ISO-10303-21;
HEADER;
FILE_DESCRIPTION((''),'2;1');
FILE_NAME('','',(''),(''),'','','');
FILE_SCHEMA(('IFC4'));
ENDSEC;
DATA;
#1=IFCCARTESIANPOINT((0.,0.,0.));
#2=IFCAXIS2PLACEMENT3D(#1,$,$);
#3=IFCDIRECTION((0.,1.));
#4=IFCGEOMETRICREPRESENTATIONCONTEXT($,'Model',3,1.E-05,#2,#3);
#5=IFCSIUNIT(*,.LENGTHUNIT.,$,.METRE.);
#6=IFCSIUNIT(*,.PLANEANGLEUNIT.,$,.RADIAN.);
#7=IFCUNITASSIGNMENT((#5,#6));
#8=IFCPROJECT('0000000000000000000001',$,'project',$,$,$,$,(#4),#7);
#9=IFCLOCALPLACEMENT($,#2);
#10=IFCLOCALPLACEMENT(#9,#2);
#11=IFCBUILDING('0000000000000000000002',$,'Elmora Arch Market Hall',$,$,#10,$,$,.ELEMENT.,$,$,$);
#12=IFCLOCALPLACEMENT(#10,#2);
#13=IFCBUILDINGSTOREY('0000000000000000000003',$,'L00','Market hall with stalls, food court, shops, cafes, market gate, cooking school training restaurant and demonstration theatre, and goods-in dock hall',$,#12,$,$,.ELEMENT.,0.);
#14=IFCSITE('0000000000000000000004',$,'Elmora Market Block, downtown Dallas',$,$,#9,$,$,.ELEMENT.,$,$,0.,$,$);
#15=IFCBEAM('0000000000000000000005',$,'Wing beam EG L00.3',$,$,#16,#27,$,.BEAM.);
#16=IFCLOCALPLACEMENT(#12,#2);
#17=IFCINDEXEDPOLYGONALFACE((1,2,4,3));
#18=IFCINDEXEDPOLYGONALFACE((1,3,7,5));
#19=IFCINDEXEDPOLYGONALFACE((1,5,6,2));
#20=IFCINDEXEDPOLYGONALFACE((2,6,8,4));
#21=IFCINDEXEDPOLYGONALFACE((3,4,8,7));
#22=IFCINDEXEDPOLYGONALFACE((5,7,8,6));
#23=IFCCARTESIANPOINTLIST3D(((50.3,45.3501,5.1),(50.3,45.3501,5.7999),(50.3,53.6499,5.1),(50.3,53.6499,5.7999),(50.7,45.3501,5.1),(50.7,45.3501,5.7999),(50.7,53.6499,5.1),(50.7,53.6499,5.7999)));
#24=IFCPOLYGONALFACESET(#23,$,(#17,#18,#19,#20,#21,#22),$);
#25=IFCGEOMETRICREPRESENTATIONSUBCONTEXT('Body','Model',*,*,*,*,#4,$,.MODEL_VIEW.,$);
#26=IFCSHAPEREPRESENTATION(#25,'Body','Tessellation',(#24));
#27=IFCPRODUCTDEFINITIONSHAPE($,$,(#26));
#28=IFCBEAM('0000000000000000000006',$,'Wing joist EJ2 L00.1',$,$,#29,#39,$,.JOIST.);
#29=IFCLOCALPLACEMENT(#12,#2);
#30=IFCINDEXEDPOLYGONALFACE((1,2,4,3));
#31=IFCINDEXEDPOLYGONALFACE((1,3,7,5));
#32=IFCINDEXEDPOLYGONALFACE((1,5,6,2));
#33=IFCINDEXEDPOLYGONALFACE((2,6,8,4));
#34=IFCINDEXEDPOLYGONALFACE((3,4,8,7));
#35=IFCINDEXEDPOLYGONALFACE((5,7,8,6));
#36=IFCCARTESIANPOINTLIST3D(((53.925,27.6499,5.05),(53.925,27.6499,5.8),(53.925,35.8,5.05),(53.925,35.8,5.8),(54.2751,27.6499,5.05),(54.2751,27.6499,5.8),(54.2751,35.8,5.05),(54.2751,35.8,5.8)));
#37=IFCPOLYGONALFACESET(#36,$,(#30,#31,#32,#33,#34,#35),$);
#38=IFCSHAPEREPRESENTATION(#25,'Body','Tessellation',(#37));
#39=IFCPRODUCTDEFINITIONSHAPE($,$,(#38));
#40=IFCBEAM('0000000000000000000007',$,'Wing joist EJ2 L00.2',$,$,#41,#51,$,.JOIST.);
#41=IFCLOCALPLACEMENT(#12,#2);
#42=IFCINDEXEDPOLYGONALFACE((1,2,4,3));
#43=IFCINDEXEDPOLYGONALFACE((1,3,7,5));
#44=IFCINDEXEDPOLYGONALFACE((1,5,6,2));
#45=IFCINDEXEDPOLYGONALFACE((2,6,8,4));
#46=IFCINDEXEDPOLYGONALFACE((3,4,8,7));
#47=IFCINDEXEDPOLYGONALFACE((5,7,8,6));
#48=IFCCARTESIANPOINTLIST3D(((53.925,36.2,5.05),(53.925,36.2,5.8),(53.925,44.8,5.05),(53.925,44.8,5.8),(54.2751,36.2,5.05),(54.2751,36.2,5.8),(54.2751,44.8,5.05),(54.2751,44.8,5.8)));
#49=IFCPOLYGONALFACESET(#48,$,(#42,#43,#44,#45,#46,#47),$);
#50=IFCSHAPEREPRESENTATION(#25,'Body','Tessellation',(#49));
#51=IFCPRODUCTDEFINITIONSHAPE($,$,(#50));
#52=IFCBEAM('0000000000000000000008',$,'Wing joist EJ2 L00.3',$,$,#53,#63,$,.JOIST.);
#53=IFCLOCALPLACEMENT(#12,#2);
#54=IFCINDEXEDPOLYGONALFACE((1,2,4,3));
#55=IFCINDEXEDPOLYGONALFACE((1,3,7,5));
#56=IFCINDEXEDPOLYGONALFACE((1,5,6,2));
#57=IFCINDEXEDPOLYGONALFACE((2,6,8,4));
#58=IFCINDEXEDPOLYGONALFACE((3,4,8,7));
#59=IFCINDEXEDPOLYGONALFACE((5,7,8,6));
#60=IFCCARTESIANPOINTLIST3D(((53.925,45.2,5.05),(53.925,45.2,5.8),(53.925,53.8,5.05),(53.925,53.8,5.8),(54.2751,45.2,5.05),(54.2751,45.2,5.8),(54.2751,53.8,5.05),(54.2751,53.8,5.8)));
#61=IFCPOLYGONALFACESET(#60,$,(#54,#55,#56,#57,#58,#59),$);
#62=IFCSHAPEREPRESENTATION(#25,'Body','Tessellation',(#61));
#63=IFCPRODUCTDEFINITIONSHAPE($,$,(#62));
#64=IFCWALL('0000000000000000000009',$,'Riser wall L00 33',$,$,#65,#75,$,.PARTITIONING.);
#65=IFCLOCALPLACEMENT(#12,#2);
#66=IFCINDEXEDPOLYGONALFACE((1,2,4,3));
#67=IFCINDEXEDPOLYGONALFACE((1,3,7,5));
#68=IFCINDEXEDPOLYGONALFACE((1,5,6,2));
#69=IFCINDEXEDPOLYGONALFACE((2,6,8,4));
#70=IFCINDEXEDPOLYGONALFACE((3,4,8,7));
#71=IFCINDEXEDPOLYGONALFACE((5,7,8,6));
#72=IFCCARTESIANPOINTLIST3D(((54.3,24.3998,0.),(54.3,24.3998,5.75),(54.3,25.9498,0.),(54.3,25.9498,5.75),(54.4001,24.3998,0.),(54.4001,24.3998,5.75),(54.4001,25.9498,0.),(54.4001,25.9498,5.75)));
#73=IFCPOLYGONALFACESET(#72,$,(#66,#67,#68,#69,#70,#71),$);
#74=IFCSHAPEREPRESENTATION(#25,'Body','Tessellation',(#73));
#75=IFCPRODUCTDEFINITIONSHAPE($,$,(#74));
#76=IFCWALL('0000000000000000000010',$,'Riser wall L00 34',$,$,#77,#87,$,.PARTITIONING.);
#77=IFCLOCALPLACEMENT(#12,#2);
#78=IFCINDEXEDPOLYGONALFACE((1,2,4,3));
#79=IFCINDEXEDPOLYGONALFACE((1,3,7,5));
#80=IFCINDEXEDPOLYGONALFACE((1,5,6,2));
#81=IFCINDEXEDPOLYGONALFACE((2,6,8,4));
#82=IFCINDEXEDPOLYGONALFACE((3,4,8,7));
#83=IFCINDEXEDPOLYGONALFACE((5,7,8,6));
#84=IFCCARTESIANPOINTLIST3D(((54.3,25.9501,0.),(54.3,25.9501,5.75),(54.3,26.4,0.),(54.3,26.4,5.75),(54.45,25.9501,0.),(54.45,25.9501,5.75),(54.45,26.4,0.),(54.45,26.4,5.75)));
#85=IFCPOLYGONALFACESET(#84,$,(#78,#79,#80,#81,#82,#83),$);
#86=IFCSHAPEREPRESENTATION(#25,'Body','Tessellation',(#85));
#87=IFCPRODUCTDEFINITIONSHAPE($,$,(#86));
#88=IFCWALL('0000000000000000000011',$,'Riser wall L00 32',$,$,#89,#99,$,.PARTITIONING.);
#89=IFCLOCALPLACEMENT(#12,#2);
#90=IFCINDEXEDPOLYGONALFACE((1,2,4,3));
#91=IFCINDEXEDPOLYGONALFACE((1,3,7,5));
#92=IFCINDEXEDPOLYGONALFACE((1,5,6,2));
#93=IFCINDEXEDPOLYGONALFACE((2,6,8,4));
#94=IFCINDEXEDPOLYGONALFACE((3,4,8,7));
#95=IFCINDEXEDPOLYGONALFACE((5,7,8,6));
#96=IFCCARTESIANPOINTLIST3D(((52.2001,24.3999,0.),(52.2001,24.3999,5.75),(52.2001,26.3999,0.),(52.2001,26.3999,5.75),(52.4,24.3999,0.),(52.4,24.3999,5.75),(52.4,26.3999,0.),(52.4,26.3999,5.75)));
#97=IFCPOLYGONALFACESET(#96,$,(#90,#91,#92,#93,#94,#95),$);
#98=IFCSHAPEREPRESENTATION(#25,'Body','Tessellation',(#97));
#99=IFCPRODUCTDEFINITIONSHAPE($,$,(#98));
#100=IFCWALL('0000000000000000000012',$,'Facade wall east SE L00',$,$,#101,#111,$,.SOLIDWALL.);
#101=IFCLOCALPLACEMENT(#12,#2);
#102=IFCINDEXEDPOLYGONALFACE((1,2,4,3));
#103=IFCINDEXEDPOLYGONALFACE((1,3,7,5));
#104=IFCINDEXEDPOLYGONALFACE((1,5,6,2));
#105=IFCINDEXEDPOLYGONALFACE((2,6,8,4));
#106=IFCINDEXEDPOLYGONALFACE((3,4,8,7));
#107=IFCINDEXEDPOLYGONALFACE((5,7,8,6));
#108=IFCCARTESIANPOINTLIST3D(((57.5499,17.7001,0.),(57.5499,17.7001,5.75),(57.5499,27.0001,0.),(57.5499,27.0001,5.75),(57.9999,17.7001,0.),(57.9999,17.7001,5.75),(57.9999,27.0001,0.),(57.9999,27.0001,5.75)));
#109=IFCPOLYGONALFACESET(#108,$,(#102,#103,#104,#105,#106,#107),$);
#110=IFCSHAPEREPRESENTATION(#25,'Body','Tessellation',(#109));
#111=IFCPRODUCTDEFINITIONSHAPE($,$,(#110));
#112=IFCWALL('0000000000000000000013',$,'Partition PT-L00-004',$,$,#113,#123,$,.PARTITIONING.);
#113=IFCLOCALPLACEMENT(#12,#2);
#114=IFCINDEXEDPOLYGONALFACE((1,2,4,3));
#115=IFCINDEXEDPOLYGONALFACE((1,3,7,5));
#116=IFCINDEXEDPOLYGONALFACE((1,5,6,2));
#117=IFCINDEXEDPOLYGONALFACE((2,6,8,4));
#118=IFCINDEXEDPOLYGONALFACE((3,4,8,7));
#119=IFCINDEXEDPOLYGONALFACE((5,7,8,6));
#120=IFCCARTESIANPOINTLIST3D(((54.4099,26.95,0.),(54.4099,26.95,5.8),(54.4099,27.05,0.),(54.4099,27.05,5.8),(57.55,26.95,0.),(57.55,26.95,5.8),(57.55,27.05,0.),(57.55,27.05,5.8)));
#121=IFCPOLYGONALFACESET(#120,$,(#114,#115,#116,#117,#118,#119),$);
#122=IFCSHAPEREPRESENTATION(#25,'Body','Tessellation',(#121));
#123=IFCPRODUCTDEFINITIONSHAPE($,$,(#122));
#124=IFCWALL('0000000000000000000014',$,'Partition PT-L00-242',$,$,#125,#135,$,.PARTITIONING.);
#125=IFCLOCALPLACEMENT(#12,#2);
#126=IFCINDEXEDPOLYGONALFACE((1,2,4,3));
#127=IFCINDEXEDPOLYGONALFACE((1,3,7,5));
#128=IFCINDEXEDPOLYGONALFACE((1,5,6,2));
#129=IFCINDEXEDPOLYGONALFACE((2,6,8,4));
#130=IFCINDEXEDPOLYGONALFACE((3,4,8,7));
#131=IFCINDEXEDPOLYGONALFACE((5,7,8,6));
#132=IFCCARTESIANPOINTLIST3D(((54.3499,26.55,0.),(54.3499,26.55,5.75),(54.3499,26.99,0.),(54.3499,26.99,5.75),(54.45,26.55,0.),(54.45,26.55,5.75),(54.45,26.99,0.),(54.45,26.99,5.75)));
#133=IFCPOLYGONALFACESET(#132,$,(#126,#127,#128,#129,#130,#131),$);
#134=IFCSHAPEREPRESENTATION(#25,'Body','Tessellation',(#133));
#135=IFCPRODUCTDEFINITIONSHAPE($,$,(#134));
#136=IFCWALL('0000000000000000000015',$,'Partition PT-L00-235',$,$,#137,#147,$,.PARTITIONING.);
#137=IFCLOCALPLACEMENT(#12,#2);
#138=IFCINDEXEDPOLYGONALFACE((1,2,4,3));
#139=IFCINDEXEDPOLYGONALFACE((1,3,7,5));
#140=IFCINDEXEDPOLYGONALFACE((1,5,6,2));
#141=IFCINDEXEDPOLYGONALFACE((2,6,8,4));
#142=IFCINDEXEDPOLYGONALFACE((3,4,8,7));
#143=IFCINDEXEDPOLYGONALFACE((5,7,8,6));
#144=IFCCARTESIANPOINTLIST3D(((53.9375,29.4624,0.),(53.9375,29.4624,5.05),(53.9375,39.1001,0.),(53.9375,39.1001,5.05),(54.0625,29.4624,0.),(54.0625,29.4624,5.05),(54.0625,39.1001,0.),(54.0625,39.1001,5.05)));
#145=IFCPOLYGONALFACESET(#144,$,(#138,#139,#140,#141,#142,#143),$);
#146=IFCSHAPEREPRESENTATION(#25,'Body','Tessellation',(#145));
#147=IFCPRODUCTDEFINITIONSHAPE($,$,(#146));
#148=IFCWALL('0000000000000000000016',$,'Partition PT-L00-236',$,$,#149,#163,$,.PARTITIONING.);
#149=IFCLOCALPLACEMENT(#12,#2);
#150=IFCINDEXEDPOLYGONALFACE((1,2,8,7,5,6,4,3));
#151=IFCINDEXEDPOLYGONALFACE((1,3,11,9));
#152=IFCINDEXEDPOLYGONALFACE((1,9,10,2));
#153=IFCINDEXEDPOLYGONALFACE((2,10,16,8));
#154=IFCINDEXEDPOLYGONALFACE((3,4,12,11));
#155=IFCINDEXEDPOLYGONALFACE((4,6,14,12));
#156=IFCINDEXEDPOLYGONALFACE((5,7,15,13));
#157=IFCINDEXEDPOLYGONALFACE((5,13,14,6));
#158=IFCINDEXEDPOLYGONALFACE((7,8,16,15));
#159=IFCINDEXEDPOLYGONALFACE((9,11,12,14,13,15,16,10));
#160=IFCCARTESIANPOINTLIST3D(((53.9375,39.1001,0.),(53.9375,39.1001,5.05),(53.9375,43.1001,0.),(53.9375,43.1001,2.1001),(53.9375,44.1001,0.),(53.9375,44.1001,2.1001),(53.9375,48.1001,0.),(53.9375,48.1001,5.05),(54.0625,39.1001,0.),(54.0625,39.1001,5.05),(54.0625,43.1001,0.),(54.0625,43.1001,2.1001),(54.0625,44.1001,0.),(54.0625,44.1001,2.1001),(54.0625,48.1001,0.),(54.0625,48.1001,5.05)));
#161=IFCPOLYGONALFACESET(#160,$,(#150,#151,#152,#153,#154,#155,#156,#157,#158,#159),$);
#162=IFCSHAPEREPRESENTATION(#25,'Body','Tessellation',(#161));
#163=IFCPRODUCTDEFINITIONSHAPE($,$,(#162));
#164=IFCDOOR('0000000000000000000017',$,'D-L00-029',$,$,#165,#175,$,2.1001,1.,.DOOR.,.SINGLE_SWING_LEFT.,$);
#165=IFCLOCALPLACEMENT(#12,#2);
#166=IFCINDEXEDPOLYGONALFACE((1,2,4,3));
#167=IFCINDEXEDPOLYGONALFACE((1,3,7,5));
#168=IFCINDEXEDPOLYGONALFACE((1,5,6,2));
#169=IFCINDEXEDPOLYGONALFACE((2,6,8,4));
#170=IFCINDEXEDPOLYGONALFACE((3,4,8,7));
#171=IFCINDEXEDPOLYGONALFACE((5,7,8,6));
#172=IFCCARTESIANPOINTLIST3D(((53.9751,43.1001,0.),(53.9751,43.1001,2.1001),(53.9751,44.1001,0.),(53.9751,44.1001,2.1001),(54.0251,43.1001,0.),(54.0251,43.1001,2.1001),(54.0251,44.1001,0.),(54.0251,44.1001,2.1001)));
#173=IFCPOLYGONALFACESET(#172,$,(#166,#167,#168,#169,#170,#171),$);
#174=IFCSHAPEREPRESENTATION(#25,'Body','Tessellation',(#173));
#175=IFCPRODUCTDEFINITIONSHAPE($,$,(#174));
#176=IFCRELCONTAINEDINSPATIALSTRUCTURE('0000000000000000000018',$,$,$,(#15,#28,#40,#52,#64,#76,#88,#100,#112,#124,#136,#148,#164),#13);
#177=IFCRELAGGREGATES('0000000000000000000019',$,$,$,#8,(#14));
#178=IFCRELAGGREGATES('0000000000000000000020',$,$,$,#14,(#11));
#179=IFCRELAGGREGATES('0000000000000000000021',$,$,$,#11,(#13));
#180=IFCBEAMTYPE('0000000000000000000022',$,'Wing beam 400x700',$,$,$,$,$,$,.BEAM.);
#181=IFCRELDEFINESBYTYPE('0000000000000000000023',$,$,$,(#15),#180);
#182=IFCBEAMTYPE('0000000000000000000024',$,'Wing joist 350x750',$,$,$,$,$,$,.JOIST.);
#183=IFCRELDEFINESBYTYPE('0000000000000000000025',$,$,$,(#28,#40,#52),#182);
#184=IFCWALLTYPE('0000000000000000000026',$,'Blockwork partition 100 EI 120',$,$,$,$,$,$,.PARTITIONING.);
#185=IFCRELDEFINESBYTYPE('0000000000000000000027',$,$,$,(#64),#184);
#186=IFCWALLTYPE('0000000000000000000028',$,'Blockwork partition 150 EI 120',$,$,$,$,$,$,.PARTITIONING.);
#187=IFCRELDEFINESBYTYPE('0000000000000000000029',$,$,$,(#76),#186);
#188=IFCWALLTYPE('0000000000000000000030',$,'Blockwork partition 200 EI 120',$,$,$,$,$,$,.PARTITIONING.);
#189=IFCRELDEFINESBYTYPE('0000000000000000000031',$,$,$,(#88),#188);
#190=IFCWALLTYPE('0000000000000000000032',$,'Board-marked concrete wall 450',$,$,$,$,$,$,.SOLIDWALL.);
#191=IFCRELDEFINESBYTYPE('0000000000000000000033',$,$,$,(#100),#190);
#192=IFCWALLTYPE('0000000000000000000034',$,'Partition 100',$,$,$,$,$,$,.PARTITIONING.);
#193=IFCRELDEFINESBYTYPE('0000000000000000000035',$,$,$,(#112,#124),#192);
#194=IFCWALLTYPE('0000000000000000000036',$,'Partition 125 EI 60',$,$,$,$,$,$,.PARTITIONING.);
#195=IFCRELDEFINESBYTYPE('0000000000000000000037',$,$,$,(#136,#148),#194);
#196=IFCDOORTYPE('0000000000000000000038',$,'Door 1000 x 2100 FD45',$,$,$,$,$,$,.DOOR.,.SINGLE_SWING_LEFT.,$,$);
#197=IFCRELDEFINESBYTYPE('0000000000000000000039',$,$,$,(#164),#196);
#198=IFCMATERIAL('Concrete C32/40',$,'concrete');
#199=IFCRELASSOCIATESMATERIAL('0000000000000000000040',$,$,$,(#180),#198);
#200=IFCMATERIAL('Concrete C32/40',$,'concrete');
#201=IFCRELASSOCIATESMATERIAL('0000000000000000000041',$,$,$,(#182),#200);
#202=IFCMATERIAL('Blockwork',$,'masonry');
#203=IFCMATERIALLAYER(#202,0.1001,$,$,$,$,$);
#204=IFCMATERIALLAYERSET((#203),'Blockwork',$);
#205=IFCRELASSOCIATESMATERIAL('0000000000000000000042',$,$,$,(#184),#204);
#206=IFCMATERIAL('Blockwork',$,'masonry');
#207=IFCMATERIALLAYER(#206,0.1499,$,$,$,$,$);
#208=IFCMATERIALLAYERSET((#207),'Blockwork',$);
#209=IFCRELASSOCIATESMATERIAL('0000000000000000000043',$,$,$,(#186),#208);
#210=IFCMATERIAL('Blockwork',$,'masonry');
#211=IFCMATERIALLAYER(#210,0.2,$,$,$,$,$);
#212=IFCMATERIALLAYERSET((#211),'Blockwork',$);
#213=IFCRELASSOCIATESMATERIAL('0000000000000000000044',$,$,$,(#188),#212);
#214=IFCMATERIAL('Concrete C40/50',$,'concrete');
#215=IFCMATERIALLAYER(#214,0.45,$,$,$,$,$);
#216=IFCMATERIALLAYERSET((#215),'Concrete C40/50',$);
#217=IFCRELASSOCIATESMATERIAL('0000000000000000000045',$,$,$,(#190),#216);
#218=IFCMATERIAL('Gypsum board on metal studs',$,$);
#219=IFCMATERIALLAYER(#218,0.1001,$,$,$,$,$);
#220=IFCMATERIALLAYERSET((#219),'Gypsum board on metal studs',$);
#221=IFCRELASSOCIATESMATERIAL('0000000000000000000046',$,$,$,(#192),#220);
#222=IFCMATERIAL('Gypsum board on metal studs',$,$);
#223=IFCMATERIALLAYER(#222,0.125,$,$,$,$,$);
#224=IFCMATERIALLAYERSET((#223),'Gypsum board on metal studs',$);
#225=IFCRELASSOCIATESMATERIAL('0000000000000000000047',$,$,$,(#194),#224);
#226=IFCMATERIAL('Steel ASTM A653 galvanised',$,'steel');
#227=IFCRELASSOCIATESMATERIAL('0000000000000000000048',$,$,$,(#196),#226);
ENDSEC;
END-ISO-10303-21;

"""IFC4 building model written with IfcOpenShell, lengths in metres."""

from ifc_helpers import new_model, si_unit, direction, frame, frame_2d, origin, origin_2d, place, context, subcontext, project, spatial, rectangle, extrude, material, layer, layer_set, material_profile, profile_set, type_object, element, fill, save


model = new_model("IFC4")

# Units and contexts
model_context = context("Model", 3, precision=1e-05, world=origin(), true_north=direction((0.0, 1.0)))
body_context = subcontext(model_context, "Body", "Model", "MODEL_VIEW")
ifc_project = project(units=[si_unit("LENGTHUNIT", "METRE"), si_unit("PLANEANGLEUNIT", "RADIAN")], contexts=[model_context])

# Site, building, storey
site_placement = place(None, origin())
site = spatial("IfcSite", under=ifc_project, at=site_placement, Name="Elmora Market Block, downtown Dallas", CompositionType="ELEMENT", RefElevation=0.0)
building_placement = place(site_placement, origin())
building = spatial("IfcBuilding", under=site, at=building_placement, Name="Elmora Arch Market Hall", CompositionType="ELEMENT")
storey_placement = place(building_placement, origin())
storey = spatial("IfcBuildingStorey", under=building, at=storey_placement, Name="L00", Description="Market hall with stalls, food court, shops, cafes, market gate, cooking school training restaurant and demonstration theatre, and goods-in dock hall", CompositionType="ELEMENT", Elevation=0.0)

# Beams
ifc_material_1 = material(Name="Concrete C32/40", Category="concrete")
ifc_material_profile_1 = material_profile(ifc_material_1, rectangle(XDim=0.3999, YDim=0.7, at=origin_2d()), Name="Wing beam 400x700")
ifc_profile_set_1 = profile_set([ifc_material_profile_1], Name="Concrete C32/40")
beam_type_1 = type_object("IfcBeamType", Name="Wing beam 400x700", PredefinedType="BEAM", material=ifc_profile_set_1)
beam_1_placement = place(storey_placement, frame((50.5, 45.3501, 5.45), z_axis=(0.0, 1.0, 0.0), x_axis=(-1.0, 0.0, 0.0)))
element("IfcBeam", 1, at=beam_1_placement, inside=storey, type_object=beam_type_1, Name="Wing beam EG L00.3", PredefinedType="BEAM", context=body_context, shape_type="SweptSolid", body=[
    extrude(rectangle(XDim=0.3999, YDim=0.7, at=origin_2d()), origin(), (0.0, 0.0, 1.0), 8.2998),
])
ifc_material_2 = material(Name="Concrete C32/40", Category="concrete")
ifc_material_profile_2 = material_profile(ifc_material_2, rectangle(XDim=0.3501, YDim=0.75, at=origin_2d()), Name="Wing joist 350x750")
ifc_profile_set_2 = profile_set([ifc_material_profile_2], Name="Concrete C32/40")
beam_type_2 = type_object("IfcBeamType", Name="Wing joist 350x750", PredefinedType="JOIST", material=ifc_profile_set_2)
beam_2_placement = place(storey_placement, frame((54.1001, 27.6499, 5.425), z_axis=(0.0, 1.0, 0.0), x_axis=(-1.0, 0.0, 0.0)))
element("IfcBeam", 2, at=beam_2_placement, inside=storey, type_object=beam_type_2, Name="Wing joist EJ2 L00.1", PredefinedType="JOIST", context=body_context, shape_type="SweptSolid", body=[
    extrude(rectangle(XDim=0.3501, YDim=0.75, at=origin_2d()), origin(), (0.0, 0.0, 1.0), 8.1501),
])
for number, where, z_axis, x_axis, name in (
    (3, (54.1001, 36.2, 5.425), (0.0, 1.0, 0.0), (-1.0, 0.0, 0.0), "Wing joist EJ2 L00.2"),
    (4, (54.1001, 45.2, 5.425), (0.0, 1.0, 0.0), (-1.0, 0.0, 0.0), "Wing joist EJ2 L00.3"),
):
    element("IfcBeam", number, at=place(storey_placement, frame(where, z_axis=z_axis, x_axis=x_axis)), inside=storey, type_object=beam_type_2, Name=name, PredefinedType="JOIST", context=body_context, shape_type="SweptSolid", body=[
        extrude(rectangle(XDim=0.3501, YDim=0.75, at=origin_2d()), origin(), (0.0, 0.0, 1.0), 8.6001),
    ])

# Walls
ifc_material_3 = material(Name="Blockwork", Category="masonry")
ifc_layer_1 = layer(ifc_material_3, 0.1001)
ifc_layer_set_1 = layer_set([ifc_layer_1], Name="Blockwork")
wall_type_1 = type_object("IfcWallType", Name="Blockwork partition 100 EI 120", PredefinedType="PARTITIONING", material=ifc_layer_set_1)
wall_1_placement = place(storey_placement, frame((54.3501, 24.3999, 0.0), z_axis=(0.0, 0.0, 1.0), x_axis=(0.0, 1.0, 0.0)))
element("IfcWall", 5, at=wall_1_placement, inside=storey, type_object=wall_type_1, Name="Riser wall L00 33", PredefinedType="PARTITIONING", context=body_context, shape_type="SweptSolid", body=[
    extrude(rectangle(XDim=1.55, YDim=0.1001, at=frame_2d((0.7749, 0.0))), origin(), (0.0, 0.0, 1.0), 5.75),
])
ifc_material_4 = material(Name="Blockwork", Category="masonry")
ifc_layer_2 = layer(ifc_material_4, 0.1499)
ifc_layer_set_2 = layer_set([ifc_layer_2], Name="Blockwork")
wall_type_2 = type_object("IfcWallType", Name="Blockwork partition 150 EI 120", PredefinedType="PARTITIONING", material=ifc_layer_set_2)
wall_2_placement = place(storey_placement, frame((54.375, 25.95, 0.0), z_axis=(0.0, 0.0, 1.0), x_axis=(0.0, 1.0, 0.0)))
element("IfcWall", 6, at=wall_2_placement, inside=storey, type_object=wall_type_2, Name="Riser wall L00 34", PredefinedType="PARTITIONING", context=body_context, shape_type="SweptSolid", body=[
    extrude(rectangle(XDim=0.45, YDim=0.1499, at=frame_2d((0.2251, 0.0))), origin(), (0.0, 0.0, 1.0), 5.75),
])
ifc_material_5 = material(Name="Blockwork", Category="masonry")
ifc_layer_3 = layer(ifc_material_5, 0.2)
ifc_layer_set_3 = layer_set([ifc_layer_3], Name="Blockwork")
wall_type_3 = type_object("IfcWallType", Name="Blockwork partition 200 EI 120", PredefinedType="PARTITIONING", material=ifc_layer_set_3)
wall_3_placement = place(storey_placement, frame((52.3, 24.3999, 0.0), z_axis=(0.0, 0.0, 1.0), x_axis=(0.0, 1.0, 0.0)))
element("IfcWall", 7, at=wall_3_placement, inside=storey, type_object=wall_type_3, Name="Riser wall L00 32", PredefinedType="PARTITIONING", context=body_context, shape_type="SweptSolid", body=[
    extrude(rectangle(XDim=2.0, YDim=0.2, at=frame_2d((1.0, 0.0))), origin(), (0.0, 0.0, 1.0), 5.75),
])
ifc_material_6 = material(Name="Concrete C40/50", Category="concrete")
ifc_layer_4 = layer(ifc_material_6, 0.45)
ifc_layer_set_4 = layer_set([ifc_layer_4], Name="Concrete C40/50")
wall_type_4 = type_object("IfcWallType", Name="Board-marked concrete wall 450", PredefinedType="SOLIDWALL", material=ifc_layer_set_4)
wall_4_placement = place(storey_placement, frame((57.7749, 27.0, 0.0), z_axis=(0.0, 0.0, 1.0), x_axis=(0.0, -1.0, 0.0)))
element("IfcWall", 8, at=wall_4_placement, inside=storey, type_object=wall_type_4, Name="Facade wall east SE L00", PredefinedType="SOLIDWALL", context=body_context, shape_type="SweptSolid", body=[
    extrude(rectangle(XDim=9.3, YDim=0.45, at=frame_2d((4.6499, 0.0))), origin(), (0.0, 0.0, 1.0), 5.75),
])
ifc_material_7 = material(Name="Gypsum board on metal studs")
ifc_layer_5 = layer(ifc_material_7, 0.1001)
ifc_layer_set_5 = layer_set([ifc_layer_5], Name="Gypsum board on metal studs")
wall_type_5 = type_object("IfcWallType", Name="Partition 100", PredefinedType="PARTITIONING", material=ifc_layer_set_5)
wall_5_placement = place(storey_placement, frame((54.4099, 27.0, 0.0), z_axis=(0.0, 0.0, 1.0), x_axis=(1.0, 0.0, 0.0)))
element("IfcWall", 9, at=wall_5_placement, inside=storey, type_object=wall_type_5, Name="Partition PT-L00-004", PredefinedType="PARTITIONING", context=body_context, shape_type="SweptSolid", body=[
    extrude(rectangle(XDim=3.1401, YDim=0.1001, at=frame_2d((1.5701, 0.0))), origin(), (0.0, 0.0, 1.0), 5.8),
])
wall_6_placement = place(storey_placement, frame((54.3999, 26.55, 0.0), z_axis=(0.0, 0.0, 1.0), x_axis=(0.0, 1.0, 0.0)))
element("IfcWall", 10, at=wall_6_placement, inside=storey, type_object=wall_type_5, Name="Partition PT-L00-242", PredefinedType="PARTITIONING", context=body_context, shape_type="SweptSolid", body=[
    extrude(rectangle(XDim=0.4399, YDim=0.1001, at=frame_2d((0.22, 0.0))), origin(), (0.0, 0.0, 1.0), 5.75),
])
ifc_material_8 = material(Name="Gypsum board on metal studs")
ifc_layer_6 = layer(ifc_material_8, 0.125)
ifc_layer_set_6 = layer_set([ifc_layer_6], Name="Gypsum board on metal studs")
wall_type_6 = type_object("IfcWallType", Name="Partition 125 EI 60", PredefinedType="PARTITIONING", material=ifc_layer_set_6)
wall_7_placement = place(storey_placement, frame((54.0, 29.4624, 0.0), z_axis=(0.0, 0.0, 1.0), x_axis=(0.0, 1.0, 0.0)))
element("IfcWall", 11, at=wall_7_placement, inside=storey, type_object=wall_type_6, Name="Partition PT-L00-235", PredefinedType="PARTITIONING", context=body_context, shape_type="SweptSolid", body=[
    extrude(rectangle(XDim=9.6377, YDim=0.125, at=frame_2d((4.8188, 0.0))), origin(), (0.0, 0.0, 1.0), 5.05),
])

# Wall, opening, door
wall_8_placement = place(storey_placement, frame((54.0, 39.1001, 0.0), z_axis=(0.0, 0.0, 1.0), x_axis=(0.0, 1.0, 0.0)))
wall_8 = element("IfcWall", 12, at=wall_8_placement, inside=storey, type_object=wall_type_6, Name="Partition PT-L00-236", PredefinedType="PARTITIONING", context=body_context, shape_type="SweptSolid", body=[
    extrude(rectangle(XDim=9.0, YDim=0.125, at=frame_2d((4.5, 0.0))), origin(), (0.0, 0.0, 1.0), 5.05),
])
opening_1_placement = place(wall_8_placement, frame((4.0, 0.0, 0.0)))
opening_1 = element("IfcOpeningElement", 13, at=opening_1_placement, cuts=wall_8, PredefinedType="OPENING", context=body_context, shape_type="SweptSolid", body=[
    extrude(rectangle(XDim=1.0, YDim=2.1001, at=frame_2d((0.5, 1.05))), frame((0.0, 0.0725, 0.0), z_axis=(0.0, -1.0, 0.0), x_axis=(1.0, 0.0, 0.0)), (0.0, 0.0, 1.0), 0.145),
])
ifc_material_9 = material(Name="Steel ASTM A653 galvanised", Category="steel")
door_type = type_object("IfcDoorType", Name="Door 1000 x 2100 FD45", OperationType="SINGLE_SWING_LEFT", PredefinedType="DOOR", material=ifc_material_9)
door_1_placement = place(opening_1_placement, origin())
door_1 = element("IfcDoor", 14, at=door_1_placement, inside=storey, type_object=door_type, Name="D-L00-029", OperationType="SINGLE_SWING_LEFT", OverallHeight=2.1001, OverallWidth=1.0, PredefinedType="DOOR", context=body_context, shape_type="SweptSolid", body=[
    extrude(rectangle(XDim=1.0, YDim=2.1001, at=frame_2d((0.5, 1.05))), frame((0.0, 0.0249, 0.0), z_axis=(0.0, -1.0, 0.0), x_axis=(1.0, 0.0, 0.0)), (0.0, 0.0, 1.0), 0.05),
])
fill(opening_1, door_1)

save(model, "model.ifc")
